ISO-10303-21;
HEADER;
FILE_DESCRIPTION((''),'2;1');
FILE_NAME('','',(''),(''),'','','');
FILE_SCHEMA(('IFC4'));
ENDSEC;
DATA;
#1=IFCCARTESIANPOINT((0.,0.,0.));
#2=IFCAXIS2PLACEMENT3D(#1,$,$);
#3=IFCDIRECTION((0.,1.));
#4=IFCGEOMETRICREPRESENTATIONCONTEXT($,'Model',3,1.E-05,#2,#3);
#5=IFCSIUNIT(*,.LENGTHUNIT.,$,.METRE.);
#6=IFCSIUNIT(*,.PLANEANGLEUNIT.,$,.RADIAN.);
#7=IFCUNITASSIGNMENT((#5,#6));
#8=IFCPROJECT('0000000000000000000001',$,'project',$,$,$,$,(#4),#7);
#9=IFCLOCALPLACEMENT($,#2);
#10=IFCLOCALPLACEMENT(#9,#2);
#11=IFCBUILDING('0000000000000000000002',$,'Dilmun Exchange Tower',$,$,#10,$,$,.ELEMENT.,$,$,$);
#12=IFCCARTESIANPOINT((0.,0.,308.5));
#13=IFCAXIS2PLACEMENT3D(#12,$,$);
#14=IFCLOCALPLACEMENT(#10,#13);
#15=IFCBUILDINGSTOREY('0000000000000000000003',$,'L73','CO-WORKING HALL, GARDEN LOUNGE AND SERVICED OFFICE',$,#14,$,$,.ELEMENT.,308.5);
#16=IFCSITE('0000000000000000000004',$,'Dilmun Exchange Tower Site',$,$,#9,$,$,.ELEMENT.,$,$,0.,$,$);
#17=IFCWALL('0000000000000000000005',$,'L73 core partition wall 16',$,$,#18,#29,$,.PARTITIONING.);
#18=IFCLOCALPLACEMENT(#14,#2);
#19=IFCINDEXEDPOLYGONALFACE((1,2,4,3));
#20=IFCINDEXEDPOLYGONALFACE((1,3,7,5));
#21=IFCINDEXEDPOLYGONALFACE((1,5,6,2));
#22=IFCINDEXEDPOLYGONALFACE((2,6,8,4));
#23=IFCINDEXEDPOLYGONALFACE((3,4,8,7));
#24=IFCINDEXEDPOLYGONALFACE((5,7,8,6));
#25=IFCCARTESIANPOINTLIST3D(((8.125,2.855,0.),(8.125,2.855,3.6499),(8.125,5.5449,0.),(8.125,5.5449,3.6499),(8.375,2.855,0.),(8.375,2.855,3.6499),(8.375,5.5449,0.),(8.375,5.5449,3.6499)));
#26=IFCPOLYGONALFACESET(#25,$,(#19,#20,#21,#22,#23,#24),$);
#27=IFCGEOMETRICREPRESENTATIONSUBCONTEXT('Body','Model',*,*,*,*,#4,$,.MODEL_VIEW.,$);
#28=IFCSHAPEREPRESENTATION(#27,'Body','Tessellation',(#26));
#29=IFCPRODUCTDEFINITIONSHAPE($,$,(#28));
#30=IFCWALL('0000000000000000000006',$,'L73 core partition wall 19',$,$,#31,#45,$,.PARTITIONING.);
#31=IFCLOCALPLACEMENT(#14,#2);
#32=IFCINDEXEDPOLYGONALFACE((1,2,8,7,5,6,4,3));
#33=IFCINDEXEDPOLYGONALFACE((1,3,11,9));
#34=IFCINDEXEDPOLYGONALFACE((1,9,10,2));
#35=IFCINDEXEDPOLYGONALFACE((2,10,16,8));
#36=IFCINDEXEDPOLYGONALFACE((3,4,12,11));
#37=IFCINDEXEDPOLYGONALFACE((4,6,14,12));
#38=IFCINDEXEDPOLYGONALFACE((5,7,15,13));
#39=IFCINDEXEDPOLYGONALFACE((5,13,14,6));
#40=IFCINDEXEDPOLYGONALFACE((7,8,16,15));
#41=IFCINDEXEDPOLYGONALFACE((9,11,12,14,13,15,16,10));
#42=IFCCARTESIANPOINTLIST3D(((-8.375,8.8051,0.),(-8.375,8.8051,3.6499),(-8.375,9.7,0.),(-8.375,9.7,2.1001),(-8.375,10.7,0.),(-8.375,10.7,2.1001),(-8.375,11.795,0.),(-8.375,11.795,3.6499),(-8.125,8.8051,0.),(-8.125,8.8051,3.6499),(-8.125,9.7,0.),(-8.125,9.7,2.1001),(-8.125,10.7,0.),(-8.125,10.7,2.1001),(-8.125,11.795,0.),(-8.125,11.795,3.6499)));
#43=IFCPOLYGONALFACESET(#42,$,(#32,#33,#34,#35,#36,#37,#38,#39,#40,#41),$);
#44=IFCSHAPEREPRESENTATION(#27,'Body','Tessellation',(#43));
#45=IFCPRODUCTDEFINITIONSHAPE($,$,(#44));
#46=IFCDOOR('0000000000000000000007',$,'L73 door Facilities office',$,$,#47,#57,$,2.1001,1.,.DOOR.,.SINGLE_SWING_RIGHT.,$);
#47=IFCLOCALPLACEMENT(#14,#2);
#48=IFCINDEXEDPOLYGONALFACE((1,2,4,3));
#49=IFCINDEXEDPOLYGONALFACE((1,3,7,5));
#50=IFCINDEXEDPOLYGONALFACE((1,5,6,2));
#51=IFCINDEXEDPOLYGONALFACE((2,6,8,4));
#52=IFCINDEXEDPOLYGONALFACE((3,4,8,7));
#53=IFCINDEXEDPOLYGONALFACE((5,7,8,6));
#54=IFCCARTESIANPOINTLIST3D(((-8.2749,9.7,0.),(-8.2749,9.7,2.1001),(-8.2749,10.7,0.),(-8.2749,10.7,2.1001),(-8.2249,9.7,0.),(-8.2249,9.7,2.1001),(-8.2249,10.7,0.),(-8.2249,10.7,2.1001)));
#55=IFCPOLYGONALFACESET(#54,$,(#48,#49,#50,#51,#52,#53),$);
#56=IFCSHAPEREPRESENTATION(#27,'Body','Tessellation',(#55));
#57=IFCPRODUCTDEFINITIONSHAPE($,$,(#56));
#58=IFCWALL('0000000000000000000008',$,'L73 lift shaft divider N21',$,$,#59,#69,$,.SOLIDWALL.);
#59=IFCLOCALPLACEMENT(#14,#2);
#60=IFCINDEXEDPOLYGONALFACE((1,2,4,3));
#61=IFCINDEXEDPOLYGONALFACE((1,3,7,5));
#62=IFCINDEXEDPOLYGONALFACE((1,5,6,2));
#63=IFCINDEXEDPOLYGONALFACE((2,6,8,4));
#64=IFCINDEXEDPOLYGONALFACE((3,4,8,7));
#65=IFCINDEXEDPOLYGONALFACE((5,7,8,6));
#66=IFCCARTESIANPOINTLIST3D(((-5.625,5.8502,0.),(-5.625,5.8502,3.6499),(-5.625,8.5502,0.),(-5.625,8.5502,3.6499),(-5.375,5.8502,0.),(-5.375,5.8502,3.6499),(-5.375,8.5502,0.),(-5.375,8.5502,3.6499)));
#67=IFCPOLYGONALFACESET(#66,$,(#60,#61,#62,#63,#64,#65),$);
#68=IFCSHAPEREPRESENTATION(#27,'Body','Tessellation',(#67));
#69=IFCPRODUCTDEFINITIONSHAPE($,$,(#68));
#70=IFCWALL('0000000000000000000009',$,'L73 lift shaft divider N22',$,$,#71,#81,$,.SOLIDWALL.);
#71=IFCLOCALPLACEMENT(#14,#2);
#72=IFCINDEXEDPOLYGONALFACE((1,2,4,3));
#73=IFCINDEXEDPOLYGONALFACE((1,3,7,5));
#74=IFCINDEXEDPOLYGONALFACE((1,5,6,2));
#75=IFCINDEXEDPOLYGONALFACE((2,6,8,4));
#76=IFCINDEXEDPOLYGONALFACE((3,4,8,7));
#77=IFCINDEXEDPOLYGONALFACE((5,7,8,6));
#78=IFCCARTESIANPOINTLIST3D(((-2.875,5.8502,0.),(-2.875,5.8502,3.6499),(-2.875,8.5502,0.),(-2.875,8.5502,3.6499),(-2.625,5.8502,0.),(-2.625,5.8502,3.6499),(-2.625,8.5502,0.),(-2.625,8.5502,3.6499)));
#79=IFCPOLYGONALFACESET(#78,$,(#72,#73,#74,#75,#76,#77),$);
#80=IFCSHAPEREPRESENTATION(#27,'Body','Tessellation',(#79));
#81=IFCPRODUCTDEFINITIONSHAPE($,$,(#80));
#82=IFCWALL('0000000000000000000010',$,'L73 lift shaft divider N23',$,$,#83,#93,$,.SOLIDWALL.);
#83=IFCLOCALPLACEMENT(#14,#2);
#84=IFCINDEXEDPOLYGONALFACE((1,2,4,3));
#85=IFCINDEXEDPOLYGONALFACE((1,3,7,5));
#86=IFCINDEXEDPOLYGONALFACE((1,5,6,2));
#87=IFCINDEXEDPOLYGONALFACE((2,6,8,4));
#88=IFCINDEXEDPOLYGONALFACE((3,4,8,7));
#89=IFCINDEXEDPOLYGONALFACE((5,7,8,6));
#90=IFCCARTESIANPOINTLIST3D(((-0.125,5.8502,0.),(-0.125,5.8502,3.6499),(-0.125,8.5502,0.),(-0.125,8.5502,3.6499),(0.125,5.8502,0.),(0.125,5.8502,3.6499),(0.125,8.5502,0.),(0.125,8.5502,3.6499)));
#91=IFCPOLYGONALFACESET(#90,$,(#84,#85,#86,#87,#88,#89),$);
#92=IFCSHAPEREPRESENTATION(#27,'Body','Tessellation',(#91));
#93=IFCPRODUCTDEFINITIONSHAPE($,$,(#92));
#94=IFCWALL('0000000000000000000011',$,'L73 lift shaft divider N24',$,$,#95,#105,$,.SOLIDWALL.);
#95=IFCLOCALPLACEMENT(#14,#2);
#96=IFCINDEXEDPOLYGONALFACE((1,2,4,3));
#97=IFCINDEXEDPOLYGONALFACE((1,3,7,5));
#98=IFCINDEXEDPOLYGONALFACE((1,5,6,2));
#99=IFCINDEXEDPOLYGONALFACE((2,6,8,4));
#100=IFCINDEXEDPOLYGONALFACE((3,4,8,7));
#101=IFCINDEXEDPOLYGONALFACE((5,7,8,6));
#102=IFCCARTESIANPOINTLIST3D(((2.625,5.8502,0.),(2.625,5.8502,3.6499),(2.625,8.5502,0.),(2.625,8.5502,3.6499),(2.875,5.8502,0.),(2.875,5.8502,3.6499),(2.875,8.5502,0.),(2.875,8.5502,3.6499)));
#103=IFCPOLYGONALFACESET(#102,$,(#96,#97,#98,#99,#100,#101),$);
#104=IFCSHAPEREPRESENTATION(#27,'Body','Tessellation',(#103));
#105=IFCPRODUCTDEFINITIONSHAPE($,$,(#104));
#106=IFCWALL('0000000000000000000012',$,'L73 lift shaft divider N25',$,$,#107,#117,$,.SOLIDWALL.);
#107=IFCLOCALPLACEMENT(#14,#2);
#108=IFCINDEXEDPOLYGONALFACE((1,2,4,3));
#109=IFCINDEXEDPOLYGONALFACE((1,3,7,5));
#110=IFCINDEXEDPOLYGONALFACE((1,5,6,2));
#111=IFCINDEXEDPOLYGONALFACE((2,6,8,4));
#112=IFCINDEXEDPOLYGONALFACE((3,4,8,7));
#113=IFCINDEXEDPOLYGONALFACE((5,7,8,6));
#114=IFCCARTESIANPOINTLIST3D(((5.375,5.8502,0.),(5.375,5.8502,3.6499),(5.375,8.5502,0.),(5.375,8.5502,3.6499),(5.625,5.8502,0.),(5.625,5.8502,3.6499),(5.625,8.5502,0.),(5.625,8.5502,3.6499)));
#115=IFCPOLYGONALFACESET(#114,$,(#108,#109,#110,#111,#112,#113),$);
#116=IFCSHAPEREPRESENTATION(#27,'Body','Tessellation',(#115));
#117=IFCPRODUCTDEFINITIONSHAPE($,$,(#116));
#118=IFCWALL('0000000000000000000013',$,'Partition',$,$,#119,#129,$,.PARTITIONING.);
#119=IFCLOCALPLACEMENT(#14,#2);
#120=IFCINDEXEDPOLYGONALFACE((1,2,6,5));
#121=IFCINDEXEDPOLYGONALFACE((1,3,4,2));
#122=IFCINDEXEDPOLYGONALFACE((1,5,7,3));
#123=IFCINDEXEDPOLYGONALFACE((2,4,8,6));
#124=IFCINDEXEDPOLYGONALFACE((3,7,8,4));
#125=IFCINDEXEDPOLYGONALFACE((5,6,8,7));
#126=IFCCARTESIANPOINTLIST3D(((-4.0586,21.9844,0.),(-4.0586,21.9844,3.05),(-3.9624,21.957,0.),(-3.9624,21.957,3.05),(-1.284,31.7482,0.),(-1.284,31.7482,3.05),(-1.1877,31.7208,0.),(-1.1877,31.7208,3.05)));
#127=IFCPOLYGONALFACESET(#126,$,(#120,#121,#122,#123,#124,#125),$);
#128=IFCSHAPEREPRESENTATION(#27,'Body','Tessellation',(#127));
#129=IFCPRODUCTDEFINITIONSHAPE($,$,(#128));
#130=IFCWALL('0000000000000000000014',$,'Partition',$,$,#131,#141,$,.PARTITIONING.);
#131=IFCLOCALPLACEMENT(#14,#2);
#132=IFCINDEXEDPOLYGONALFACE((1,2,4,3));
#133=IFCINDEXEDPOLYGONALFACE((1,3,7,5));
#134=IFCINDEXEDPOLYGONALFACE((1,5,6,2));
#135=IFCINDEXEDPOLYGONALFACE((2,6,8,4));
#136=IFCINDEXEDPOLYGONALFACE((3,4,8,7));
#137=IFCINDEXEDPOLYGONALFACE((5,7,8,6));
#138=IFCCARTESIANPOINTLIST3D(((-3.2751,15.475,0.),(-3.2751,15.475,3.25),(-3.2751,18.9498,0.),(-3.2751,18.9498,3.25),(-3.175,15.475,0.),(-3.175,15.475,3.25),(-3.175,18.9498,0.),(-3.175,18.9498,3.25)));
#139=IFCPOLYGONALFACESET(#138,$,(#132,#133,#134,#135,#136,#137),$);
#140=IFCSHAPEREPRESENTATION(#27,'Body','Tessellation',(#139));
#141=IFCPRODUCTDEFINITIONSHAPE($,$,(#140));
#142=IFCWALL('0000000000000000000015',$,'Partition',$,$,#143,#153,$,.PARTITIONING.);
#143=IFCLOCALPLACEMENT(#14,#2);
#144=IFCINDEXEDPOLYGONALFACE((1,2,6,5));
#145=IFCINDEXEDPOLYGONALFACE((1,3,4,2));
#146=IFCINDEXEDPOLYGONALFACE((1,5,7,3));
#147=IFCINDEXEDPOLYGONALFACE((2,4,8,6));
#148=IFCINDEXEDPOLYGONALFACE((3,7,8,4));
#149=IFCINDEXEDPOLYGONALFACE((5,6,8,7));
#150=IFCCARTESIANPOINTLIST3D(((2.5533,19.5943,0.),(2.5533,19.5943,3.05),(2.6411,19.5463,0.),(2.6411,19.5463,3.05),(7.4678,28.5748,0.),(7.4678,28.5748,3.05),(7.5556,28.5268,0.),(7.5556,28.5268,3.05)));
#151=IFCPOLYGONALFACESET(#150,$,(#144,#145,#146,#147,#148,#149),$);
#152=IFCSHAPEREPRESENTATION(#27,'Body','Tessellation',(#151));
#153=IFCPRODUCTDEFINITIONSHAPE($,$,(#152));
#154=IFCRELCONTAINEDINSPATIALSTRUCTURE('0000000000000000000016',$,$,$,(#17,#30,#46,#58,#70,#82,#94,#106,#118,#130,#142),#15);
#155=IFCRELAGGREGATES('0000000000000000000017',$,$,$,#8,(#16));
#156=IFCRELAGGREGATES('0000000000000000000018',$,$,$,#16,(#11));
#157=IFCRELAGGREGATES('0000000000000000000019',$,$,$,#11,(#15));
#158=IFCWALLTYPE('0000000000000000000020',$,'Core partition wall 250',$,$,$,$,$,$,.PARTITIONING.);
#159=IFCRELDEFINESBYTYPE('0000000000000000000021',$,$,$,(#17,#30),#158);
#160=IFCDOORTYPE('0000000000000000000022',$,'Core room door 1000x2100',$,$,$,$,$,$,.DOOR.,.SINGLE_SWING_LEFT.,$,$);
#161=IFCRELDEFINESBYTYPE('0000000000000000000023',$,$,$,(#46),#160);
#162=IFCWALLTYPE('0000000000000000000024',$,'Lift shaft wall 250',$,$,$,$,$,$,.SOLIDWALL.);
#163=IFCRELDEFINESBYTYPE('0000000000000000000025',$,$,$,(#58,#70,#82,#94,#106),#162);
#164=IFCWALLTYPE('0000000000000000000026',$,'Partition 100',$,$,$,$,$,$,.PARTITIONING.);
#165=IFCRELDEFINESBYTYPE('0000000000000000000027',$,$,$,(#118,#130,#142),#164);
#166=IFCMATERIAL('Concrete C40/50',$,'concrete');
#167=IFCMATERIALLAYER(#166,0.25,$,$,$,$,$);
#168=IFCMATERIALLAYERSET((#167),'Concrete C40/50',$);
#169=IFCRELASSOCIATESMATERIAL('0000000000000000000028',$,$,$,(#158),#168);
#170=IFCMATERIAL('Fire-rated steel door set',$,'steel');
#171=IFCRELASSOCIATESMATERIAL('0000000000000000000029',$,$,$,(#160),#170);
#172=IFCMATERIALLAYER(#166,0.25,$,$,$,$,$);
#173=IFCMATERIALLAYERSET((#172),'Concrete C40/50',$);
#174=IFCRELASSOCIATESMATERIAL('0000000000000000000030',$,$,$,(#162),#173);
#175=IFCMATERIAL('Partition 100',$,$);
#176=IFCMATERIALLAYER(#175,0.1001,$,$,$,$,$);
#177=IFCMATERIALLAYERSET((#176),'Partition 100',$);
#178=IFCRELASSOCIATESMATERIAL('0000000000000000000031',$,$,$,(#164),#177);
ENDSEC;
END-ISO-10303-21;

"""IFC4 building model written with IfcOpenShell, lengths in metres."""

from ifc_helpers import new_model, si_unit, direction, frame, frame_2d, origin, place, context, subcontext, project, spatial, rectangle, extrude, material, layer, layer_set, type_object, element, fill, save


model = new_model("IFC4")

# Units and contexts
model_context = context("Model", 3, precision=1e-05, world=origin(), true_north=direction((0.0, 1.0)))
body_context = subcontext(model_context, "Body", "Model", "MODEL_VIEW")
ifc_project = project(units=[si_unit("LENGTHUNIT", "METRE"), si_unit("PLANEANGLEUNIT", "RADIAN")], contexts=[model_context])

# Site, building, storey
site_placement = place(None, origin())
site = spatial("IfcSite", under=ifc_project, at=site_placement, Name="Dilmun Exchange Tower Site", CompositionType="ELEMENT", RefElevation=0.0)
building_placement = place(site_placement, origin())
building = spatial("IfcBuilding", under=site, at=building_placement, Name="Dilmun Exchange Tower", CompositionType="ELEMENT")
storey_placement = place(building_placement, frame((0.0, 0.0, 308.5)))
storey = spatial("IfcBuildingStorey", under=building, at=storey_placement, Name="L73", Description="CO-WORKING HALL, GARDEN LOUNGE AND SERVICED OFFICE", CompositionType="ELEMENT", Elevation=308.5)

# Shared definitions
ifc_material_1 = material(Name="Concrete C40/50", Category="concrete")

# Wall
ifc_layer_1 = layer(ifc_material_1, 0.25)
ifc_layer_set_1 = layer_set([ifc_layer_1], Name="Concrete C40/50")
wall_type_1 = type_object("IfcWallType", Name="Core partition wall 250", PredefinedType="PARTITIONING", material=ifc_layer_set_1)
wall_1_placement = place(storey_placement, frame((8.25, 2.855, 0.0), z_axis=(0.0, 0.0, 1.0), x_axis=(0.0, 1.0, 0.0)))
element("IfcWall", 1, at=wall_1_placement, inside=storey, type_object=wall_type_1, Name="L73 core partition wall 16", PredefinedType="PARTITIONING", context=body_context, shape_type="SweptSolid", body=[
    extrude(rectangle(XDim=2.6899, YDim=0.25, at=frame_2d((1.345, 0.0))), origin(), (0.0, 0.0, 1.0), 3.6499),
])

# Wall, opening, door
wall_2_placement = place(storey_placement, frame((-8.25, 8.8049, 0.0), z_axis=(0.0, 0.0, 1.0), x_axis=(0.0, 1.0, 0.0)))
wall_2 = element("IfcWall", 2, at=wall_2_placement, inside=storey, type_object=wall_type_1, Name="L73 core partition wall 19", PredefinedType="PARTITIONING", context=body_context, shape_type="SweptSolid", body=[
    extrude(rectangle(XDim=2.99, YDim=0.25, at=frame_2d((1.4951, 0.0))), origin(), (0.0, 0.0, 1.0), 3.6499),
])
opening_placement = place(wall_2_placement, frame((0.895, 0.0, 0.0)))
opening = element("IfcOpeningElement", 3, at=opening_placement, cuts=wall_2, PredefinedType="OPENING", context=body_context, shape_type="SweptSolid", body=[
    extrude(rectangle(XDim=1.0, YDim=2.1001, at=frame_2d((0.5, 1.05))), frame((0.0, 0.135, 0.0), z_axis=(0.0, -1.0, 0.0), x_axis=(1.0, 0.0, 0.0)), (0.0, 0.0, 1.0), 0.27),
])
ifc_material_2 = material(Name="Fire-rated steel door set", Category="steel")
door_type = type_object("IfcDoorType", Name="Core room door 1000x2100", OperationType="SINGLE_SWING_LEFT", PredefinedType="DOOR", material=ifc_material_2)
door_placement = place(opening_placement, origin())
door = element("IfcDoor", 4, at=door_placement, inside=storey, type_object=door_type, Name="L73 door Facilities office", OperationType="SINGLE_SWING_RIGHT", OverallHeight=2.1001, OverallWidth=1.0, PredefinedType="DOOR", context=body_context, shape_type="SweptSolid", body=[
    extrude(rectangle(XDim=1.0, YDim=2.1001, at=frame_2d((0.5, 1.05))), frame((0.0, 0.0249, 0.0), z_axis=(0.0, -1.0, 0.0), x_axis=(1.0, 0.0, 0.0)), (0.0, 0.0, 1.0), 0.05),
])
fill(opening, door)

# Walls
ifc_layer_2 = layer(ifc_material_1, 0.25)
ifc_layer_set_2 = layer_set([ifc_layer_2], Name="Concrete C40/50")
wall_type_2 = type_object("IfcWallType", Name="Lift shaft wall 250", PredefinedType="SOLIDWALL", material=ifc_layer_set_2)
for number, where, z_axis, x_axis, name in (
    (5, (-5.5, 5.8501, 0.0), (0.0, 0.0, 1.0), (0.0, 1.0, 0.0), "L73 lift shaft divider N21"),
    (6, (-2.75, 5.8501, 0.0), (0.0, 0.0, 1.0), (0.0, 1.0, 0.0), "L73 lift shaft divider N22"),
    (7, (0.0, 5.8501, 0.0), (0.0, 0.0, 1.0), (0.0, 1.0, 0.0), "L73 lift shaft divider N23"),
    (8, (2.75, 5.8501, 0.0), (0.0, 0.0, 1.0), (0.0, 1.0, 0.0), "L73 lift shaft divider N24"),
    (9, (5.5, 5.8501, 0.0), (0.0, 0.0, 1.0), (0.0, 1.0, 0.0), "L73 lift shaft divider N25"),
):
    element("IfcWall", number, at=place(storey_placement, frame(where, z_axis=z_axis, x_axis=x_axis)), inside=storey, type_object=wall_type_2, Name=name, PredefinedType="SOLIDWALL", context=body_context, shape_type="SweptSolid", body=[
        extrude(rectangle(XDim=2.7, YDim=0.25, at=frame_2d((1.3501, 0.0))), origin(), (0.0, 0.0, 1.0), 3.6499),
    ])
ifc_material_3 = material(Name="Partition 100")
ifc_layer_3 = layer(ifc_material_3, 0.1001)
ifc_layer_set_3 = layer_set([ifc_layer_3], Name="Partition 100")
wall_type_3 = type_object("IfcWallType", Name="Partition 100", PredefinedType="PARTITIONING", material=ifc_layer_set_3)
wall_3_placement = place(storey_placement, frame((-4.0105, 21.9707, 0.0), z_axis=(0.0, 0.0, 1.0), x_axis=(0.273352, 0.961914, 0.0)))
element("IfcWall", 10, at=wall_3_placement, inside=storey, type_object=wall_type_3, Name="Partition", PredefinedType="PARTITIONING", context=body_context, shape_type="SweptSolid", body=[
    extrude(rectangle(XDim=10.1504, YDim=0.1001, at=frame_2d((5.0752, 0.0))), origin(), (0.0, 0.0, 1.0), 3.05),
])
wall_4_placement = place(storey_placement, frame((-3.2251, 15.4751, 0.0), z_axis=(0.0, 0.0, 1.0), x_axis=(0.0, 1.0, 0.0)))
element("IfcWall", 11, at=wall_4_placement, inside=storey, type_object=wall_type_3, Name="Partition", PredefinedType="PARTITIONING", context=body_context, shape_type="SweptSolid", body=[
    extrude(rectangle(XDim=3.4749, YDim=0.1001, at=frame_2d((1.7373, 0.0))), origin(), (0.0, 0.0, 1.0), 3.25),
])
wall_5_placement = place(storey_placement, frame((2.5972, 19.5703, 0.0), z_axis=(0.0, 0.0, 1.0), x_axis=(0.480065, 0.877233, 0.0)))
element("IfcWall", 12, at=wall_5_placement, inside=storey, type_object=wall_type_3, Name="Partition", PredefinedType="PARTITIONING", context=body_context, shape_type="SweptSolid", body=[
    extrude(rectangle(XDim=10.2373, YDim=0.1001, at=frame_2d((5.1187, 0.0))), origin(), (0.0, 0.0, 1.0), 3.05),
])

save(model, "model.ifc")
